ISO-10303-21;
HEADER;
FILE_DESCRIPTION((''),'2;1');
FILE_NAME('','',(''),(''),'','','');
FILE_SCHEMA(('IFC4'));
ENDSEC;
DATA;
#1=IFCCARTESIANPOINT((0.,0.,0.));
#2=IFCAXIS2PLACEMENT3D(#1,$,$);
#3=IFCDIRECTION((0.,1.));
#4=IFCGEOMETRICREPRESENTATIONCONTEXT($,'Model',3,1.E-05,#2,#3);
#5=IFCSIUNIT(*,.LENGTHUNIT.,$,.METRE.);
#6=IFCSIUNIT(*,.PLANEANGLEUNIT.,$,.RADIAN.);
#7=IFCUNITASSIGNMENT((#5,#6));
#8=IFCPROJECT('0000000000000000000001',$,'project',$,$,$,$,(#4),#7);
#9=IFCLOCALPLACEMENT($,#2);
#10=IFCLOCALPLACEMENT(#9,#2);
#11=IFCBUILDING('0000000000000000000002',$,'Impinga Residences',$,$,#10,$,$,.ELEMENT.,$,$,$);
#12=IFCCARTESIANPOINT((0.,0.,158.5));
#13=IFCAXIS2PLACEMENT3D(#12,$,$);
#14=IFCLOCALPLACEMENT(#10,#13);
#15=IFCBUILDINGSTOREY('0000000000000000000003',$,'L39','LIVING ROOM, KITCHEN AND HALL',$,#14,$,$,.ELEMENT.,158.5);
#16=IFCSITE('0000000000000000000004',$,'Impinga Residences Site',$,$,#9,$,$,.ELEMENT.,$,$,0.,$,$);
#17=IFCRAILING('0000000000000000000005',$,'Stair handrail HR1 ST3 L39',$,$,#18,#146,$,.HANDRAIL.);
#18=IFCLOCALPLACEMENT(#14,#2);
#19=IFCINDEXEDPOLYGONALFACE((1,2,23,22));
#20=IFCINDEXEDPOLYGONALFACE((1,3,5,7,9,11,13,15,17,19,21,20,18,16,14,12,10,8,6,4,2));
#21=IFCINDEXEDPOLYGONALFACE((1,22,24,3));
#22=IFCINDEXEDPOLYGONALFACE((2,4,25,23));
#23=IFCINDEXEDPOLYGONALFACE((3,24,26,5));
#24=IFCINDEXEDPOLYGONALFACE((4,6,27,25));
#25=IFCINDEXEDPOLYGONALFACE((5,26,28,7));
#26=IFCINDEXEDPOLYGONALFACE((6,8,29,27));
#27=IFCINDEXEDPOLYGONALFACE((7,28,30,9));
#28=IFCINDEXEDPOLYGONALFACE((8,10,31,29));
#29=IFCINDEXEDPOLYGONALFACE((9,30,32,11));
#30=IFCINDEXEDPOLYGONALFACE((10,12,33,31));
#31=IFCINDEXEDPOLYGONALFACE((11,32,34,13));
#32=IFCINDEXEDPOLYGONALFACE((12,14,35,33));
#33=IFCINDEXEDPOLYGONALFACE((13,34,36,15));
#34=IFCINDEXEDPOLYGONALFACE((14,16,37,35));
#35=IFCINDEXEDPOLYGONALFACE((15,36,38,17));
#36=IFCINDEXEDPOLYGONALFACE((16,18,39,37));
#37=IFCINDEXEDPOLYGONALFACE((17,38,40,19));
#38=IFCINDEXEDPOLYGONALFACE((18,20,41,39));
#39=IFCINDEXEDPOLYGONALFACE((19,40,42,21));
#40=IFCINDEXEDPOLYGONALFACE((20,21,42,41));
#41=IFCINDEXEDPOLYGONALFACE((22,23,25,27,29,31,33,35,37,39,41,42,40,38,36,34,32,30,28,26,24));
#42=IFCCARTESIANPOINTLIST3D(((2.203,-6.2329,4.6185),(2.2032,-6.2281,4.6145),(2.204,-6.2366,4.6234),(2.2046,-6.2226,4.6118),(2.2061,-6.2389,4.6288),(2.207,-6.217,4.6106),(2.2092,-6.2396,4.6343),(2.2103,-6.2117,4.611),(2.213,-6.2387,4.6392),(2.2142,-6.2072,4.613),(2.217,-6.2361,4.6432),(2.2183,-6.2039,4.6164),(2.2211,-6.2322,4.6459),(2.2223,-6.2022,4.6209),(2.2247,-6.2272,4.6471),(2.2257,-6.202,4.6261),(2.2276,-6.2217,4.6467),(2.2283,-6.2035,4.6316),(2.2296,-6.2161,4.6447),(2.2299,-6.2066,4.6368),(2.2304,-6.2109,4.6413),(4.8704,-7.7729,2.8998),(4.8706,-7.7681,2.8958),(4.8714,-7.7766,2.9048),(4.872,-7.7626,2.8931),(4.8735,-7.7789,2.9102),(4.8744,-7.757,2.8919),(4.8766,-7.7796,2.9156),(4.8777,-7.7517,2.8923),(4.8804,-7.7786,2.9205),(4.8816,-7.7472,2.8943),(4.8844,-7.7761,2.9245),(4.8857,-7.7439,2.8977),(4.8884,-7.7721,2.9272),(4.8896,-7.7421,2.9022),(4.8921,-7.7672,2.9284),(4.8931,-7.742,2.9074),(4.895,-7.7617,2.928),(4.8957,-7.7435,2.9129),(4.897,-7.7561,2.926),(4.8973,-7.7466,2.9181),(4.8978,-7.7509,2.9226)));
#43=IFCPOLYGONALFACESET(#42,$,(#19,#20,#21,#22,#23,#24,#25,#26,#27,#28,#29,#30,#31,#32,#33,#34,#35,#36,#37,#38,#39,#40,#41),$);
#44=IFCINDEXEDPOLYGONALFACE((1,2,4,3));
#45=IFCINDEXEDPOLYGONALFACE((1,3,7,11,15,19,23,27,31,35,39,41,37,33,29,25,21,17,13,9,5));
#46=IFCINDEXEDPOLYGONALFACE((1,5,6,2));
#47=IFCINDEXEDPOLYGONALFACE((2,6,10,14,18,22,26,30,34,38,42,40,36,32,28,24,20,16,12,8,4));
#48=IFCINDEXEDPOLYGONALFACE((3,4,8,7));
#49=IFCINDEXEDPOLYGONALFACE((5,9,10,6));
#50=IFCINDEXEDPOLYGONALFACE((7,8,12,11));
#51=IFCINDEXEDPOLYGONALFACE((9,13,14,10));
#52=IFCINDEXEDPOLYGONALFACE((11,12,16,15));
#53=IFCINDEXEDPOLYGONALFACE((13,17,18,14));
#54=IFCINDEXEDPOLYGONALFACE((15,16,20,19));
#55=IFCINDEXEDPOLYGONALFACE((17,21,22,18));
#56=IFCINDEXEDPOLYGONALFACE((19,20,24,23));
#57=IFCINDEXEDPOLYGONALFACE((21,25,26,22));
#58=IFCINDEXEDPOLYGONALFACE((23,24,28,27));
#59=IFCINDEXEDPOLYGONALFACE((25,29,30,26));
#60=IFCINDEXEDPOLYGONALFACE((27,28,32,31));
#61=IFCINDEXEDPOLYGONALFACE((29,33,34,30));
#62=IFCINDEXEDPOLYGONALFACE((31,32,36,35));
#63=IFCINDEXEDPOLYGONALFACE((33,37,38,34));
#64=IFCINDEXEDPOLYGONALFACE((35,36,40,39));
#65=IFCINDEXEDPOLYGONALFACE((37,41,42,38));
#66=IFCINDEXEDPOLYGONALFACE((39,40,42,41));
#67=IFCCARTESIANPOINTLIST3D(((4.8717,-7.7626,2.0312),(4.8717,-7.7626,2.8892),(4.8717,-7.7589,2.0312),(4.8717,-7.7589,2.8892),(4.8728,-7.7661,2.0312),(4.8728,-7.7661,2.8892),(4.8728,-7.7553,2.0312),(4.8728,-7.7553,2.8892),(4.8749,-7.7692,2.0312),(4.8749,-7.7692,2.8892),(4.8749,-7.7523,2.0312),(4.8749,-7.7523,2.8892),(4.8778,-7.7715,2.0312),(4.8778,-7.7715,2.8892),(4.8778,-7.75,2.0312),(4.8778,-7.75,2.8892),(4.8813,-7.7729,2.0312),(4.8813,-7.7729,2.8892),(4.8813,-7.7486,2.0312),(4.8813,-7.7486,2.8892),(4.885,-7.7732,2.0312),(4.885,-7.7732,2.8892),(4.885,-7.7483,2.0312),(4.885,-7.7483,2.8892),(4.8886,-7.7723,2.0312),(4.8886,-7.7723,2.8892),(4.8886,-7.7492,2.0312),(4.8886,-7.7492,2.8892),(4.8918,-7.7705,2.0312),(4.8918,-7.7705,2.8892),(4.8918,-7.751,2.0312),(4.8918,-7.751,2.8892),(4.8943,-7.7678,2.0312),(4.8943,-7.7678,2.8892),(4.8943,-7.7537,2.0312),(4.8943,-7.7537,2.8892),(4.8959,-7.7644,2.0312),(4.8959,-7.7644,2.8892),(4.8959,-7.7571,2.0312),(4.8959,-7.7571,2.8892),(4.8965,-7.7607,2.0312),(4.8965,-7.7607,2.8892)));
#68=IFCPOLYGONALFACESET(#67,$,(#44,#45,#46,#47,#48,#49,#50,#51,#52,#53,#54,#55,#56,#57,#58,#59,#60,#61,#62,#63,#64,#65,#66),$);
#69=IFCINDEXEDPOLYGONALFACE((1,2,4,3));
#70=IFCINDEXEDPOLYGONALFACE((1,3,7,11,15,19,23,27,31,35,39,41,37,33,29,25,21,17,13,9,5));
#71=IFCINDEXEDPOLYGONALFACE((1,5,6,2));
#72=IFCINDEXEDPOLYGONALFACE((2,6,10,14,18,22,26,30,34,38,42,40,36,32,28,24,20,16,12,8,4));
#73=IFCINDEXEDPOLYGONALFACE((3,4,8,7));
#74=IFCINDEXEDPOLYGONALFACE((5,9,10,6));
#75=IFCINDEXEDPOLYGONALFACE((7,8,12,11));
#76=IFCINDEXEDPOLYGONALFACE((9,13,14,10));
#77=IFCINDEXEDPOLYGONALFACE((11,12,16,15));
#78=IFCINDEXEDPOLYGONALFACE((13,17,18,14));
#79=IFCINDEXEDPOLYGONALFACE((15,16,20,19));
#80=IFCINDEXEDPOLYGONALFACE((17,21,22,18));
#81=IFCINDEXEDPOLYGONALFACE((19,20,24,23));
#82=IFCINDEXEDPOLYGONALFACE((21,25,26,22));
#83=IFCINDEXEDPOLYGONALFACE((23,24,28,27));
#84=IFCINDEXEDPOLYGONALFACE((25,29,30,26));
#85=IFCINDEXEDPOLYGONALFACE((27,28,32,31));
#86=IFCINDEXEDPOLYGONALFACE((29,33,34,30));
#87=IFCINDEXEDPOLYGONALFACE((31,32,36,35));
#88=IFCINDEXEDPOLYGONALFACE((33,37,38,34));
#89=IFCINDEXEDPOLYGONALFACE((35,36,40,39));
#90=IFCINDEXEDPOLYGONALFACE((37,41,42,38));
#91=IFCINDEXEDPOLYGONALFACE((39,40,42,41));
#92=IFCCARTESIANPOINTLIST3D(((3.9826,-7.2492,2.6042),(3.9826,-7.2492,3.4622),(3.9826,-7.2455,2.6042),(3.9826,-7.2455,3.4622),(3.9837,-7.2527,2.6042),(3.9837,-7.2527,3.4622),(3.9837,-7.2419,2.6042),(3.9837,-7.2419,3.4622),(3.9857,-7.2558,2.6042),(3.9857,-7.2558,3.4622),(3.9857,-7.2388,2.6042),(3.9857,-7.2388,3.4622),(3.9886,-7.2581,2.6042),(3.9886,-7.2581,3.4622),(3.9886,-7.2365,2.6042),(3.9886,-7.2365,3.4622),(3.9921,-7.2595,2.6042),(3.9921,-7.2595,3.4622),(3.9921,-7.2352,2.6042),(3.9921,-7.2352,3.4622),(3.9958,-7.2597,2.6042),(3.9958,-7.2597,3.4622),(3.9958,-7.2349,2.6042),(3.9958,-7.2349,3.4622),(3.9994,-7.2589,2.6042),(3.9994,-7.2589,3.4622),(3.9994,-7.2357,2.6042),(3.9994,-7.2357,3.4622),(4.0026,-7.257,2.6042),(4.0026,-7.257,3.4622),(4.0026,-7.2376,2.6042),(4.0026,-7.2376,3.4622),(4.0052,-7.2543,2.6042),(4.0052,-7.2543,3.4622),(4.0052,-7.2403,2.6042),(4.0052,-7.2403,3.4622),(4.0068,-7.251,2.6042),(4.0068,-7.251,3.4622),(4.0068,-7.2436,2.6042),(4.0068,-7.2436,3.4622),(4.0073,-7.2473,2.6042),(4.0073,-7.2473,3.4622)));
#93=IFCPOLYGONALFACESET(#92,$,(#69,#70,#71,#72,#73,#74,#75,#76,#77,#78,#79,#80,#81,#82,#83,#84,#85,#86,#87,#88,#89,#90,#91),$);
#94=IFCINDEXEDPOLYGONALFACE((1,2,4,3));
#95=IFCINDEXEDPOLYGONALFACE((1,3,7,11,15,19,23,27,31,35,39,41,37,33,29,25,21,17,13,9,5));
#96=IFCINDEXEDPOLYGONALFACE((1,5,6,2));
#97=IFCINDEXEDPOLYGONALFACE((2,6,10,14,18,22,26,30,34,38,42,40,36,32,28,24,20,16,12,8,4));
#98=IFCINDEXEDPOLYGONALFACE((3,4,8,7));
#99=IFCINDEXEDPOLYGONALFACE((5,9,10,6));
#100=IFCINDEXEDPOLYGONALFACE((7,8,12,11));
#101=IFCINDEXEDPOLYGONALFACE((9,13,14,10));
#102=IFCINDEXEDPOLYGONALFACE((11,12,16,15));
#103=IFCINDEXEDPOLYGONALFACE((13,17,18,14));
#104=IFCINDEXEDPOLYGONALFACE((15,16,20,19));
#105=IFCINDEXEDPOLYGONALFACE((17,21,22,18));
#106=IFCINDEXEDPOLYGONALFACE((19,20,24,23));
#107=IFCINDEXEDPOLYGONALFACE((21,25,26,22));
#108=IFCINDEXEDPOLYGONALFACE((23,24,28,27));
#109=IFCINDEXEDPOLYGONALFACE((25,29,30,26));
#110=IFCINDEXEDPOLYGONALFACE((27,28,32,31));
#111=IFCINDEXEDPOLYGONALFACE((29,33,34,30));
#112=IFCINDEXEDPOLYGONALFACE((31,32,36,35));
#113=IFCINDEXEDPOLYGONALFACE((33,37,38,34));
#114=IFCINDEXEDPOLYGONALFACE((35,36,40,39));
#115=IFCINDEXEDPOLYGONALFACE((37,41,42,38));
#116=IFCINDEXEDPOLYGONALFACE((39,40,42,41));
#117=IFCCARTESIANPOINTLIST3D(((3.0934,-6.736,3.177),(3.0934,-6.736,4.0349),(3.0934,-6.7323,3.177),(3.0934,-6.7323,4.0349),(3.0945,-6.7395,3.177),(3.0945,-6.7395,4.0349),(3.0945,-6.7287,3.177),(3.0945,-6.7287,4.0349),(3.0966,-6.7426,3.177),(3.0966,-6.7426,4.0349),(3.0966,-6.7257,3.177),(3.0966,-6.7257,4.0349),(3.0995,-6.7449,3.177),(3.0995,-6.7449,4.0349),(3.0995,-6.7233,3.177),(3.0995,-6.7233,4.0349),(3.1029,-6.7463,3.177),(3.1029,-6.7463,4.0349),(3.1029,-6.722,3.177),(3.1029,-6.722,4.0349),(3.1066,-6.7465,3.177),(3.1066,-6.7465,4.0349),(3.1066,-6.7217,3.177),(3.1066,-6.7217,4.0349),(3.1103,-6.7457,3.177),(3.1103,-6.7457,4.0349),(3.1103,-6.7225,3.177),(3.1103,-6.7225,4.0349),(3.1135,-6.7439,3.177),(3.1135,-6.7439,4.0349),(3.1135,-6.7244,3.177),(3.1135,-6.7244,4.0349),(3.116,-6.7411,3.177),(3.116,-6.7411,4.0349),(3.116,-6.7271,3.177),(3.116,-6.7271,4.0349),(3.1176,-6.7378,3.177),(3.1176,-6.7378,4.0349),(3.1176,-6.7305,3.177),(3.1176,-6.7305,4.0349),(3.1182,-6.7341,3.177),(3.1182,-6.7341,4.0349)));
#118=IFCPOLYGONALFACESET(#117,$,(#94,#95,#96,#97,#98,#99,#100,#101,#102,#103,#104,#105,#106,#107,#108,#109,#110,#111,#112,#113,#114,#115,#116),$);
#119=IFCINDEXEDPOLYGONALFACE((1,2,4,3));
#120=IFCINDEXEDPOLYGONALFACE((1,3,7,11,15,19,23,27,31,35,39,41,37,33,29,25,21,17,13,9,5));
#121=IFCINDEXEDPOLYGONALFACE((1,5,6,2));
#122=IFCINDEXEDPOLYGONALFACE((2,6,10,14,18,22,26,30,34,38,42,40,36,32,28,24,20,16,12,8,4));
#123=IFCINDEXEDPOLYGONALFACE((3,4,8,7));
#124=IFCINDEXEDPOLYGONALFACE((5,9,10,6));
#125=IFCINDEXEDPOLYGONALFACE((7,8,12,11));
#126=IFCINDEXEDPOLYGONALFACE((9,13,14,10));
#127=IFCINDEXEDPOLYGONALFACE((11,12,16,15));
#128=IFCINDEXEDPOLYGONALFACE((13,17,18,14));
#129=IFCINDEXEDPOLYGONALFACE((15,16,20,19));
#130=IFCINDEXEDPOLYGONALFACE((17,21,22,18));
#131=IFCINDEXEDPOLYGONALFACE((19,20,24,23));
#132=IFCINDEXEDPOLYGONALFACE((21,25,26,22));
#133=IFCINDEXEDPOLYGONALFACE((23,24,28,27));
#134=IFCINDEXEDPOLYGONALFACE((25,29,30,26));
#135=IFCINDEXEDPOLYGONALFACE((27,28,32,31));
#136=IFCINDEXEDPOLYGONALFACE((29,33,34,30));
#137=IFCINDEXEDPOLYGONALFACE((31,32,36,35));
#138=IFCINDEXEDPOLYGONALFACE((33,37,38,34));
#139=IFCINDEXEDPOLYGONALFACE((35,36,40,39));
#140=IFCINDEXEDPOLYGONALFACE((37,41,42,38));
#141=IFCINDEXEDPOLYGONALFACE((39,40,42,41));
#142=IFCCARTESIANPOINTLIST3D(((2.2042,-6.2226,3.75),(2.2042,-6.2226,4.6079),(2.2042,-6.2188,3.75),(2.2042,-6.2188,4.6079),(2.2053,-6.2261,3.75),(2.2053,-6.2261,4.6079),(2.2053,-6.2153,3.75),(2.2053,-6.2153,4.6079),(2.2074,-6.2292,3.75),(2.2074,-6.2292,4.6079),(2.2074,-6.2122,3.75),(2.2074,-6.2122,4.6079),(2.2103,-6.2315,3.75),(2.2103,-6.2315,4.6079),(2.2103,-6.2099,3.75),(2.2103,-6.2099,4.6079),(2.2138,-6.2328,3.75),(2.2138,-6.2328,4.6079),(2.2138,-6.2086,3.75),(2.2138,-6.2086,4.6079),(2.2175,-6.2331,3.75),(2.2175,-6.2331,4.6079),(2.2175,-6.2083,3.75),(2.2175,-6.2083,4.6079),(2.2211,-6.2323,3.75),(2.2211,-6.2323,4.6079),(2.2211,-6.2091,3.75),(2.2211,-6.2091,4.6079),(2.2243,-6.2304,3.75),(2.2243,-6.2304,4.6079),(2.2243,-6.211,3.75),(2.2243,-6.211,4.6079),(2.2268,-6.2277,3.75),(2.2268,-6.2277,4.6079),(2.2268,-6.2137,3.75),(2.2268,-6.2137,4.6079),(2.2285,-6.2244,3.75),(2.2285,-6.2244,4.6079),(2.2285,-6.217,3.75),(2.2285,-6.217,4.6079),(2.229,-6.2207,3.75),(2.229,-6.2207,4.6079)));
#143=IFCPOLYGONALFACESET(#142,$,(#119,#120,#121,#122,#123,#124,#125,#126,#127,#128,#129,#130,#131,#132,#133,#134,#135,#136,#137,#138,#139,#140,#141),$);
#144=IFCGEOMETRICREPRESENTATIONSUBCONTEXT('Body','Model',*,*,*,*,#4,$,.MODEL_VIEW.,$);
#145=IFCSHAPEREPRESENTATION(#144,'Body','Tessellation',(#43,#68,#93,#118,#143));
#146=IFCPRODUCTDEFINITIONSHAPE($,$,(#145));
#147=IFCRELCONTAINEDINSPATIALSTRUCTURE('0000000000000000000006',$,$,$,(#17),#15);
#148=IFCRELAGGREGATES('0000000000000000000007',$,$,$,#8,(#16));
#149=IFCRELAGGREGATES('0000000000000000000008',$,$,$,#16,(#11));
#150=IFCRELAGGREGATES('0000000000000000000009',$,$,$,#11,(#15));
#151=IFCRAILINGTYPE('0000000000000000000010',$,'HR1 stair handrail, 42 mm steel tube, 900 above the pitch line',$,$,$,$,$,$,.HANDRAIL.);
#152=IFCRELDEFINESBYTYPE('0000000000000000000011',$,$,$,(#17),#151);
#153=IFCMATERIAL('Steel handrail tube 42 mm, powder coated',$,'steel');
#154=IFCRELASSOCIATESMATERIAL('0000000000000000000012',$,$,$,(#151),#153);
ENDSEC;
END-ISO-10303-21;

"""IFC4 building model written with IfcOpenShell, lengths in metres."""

from ifc_helpers import new_model, si_unit, direction, frame, origin, origin_2d, place, context, subcontext, project, spatial, circle, extrude, material, type_object, element, save


model = new_model("IFC4")

# Units and contexts
model_context = context("Model", 3, precision=1e-05, world=origin(), true_north=direction((0.0, 1.0)))
body_context = subcontext(model_context, "Body", "Model", "MODEL_VIEW")
ifc_project = project(units=[si_unit("LENGTHUNIT", "METRE"), si_unit("PLANEANGLEUNIT", "RADIAN")], contexts=[model_context])

# Site, building, storey
site_placement = place(None, origin())
site = spatial("IfcSite", under=ifc_project, at=site_placement, Name="Impinga Residences Site", CompositionType="ELEMENT", RefElevation=0.0)
building_placement = place(site_placement, origin())
building = spatial("IfcBuilding", under=site, at=building_placement, Name="Impinga Residences", CompositionType="ELEMENT")
storey_placement = place(building_placement, frame((0.0, 0.0, 158.5)))
storey = spatial("IfcBuildingStorey", under=building, at=storey_placement, Name="L39", Description="LIVING ROOM, KITCHEN AND HALL", CompositionType="ELEMENT", Elevation=158.5)

# Railing
ifc_material_1 = material(Name="Steel handrail tube 42 mm, powder coated", Category="steel")
railing_type_1 = type_object("IfcRailingType", Name="HR1 stair handrail, 42 mm steel tube, 900 above the pitch line", PredefinedType="HANDRAIL", material=ifc_material_1)
railing_1_placement = place(storey_placement, frame((4.884, -7.7607, 2.0312)))
element("IfcRailing", 1, at=railing_1_placement, inside=storey, type_object=railing_type_1, Name="Stair handrail HR1 ST3 L39", PredefinedType="HANDRAIL", context=body_context, shape_type="SweptSolid", body=[
    extrude(circle(Radius=0.021, at=origin_2d()), frame((0.0, 0.0, 0.8789), z_axis=(-0.756256, 0.436616, 0.487282), x_axis=(-0.499992, -0.86603, 0.0)), (0.0, 0.0, 1.0), 3.5271),
    extrude(circle(Radius=0.0125, at=origin_2d()), origin(), (0.0, 0.0, 1.0), 0.8579),
    extrude(circle(Radius=0.0125, at=origin_2d()), frame((-0.8892, 0.5134, 0.573)), (0.0, 0.0, 1.0), 0.8579),
    extrude(circle(Radius=0.0125, at=origin_2d()), frame((-1.7783, 1.0266, 1.1458)), (0.0, 0.0, 1.0), 0.8579),
    extrude(circle(Radius=0.0125, at=origin_2d()), frame((-2.6675, 1.54, 1.7188)), (0.0, 0.0, 1.0), 0.8579),
])

save(model, "model.ifc")
